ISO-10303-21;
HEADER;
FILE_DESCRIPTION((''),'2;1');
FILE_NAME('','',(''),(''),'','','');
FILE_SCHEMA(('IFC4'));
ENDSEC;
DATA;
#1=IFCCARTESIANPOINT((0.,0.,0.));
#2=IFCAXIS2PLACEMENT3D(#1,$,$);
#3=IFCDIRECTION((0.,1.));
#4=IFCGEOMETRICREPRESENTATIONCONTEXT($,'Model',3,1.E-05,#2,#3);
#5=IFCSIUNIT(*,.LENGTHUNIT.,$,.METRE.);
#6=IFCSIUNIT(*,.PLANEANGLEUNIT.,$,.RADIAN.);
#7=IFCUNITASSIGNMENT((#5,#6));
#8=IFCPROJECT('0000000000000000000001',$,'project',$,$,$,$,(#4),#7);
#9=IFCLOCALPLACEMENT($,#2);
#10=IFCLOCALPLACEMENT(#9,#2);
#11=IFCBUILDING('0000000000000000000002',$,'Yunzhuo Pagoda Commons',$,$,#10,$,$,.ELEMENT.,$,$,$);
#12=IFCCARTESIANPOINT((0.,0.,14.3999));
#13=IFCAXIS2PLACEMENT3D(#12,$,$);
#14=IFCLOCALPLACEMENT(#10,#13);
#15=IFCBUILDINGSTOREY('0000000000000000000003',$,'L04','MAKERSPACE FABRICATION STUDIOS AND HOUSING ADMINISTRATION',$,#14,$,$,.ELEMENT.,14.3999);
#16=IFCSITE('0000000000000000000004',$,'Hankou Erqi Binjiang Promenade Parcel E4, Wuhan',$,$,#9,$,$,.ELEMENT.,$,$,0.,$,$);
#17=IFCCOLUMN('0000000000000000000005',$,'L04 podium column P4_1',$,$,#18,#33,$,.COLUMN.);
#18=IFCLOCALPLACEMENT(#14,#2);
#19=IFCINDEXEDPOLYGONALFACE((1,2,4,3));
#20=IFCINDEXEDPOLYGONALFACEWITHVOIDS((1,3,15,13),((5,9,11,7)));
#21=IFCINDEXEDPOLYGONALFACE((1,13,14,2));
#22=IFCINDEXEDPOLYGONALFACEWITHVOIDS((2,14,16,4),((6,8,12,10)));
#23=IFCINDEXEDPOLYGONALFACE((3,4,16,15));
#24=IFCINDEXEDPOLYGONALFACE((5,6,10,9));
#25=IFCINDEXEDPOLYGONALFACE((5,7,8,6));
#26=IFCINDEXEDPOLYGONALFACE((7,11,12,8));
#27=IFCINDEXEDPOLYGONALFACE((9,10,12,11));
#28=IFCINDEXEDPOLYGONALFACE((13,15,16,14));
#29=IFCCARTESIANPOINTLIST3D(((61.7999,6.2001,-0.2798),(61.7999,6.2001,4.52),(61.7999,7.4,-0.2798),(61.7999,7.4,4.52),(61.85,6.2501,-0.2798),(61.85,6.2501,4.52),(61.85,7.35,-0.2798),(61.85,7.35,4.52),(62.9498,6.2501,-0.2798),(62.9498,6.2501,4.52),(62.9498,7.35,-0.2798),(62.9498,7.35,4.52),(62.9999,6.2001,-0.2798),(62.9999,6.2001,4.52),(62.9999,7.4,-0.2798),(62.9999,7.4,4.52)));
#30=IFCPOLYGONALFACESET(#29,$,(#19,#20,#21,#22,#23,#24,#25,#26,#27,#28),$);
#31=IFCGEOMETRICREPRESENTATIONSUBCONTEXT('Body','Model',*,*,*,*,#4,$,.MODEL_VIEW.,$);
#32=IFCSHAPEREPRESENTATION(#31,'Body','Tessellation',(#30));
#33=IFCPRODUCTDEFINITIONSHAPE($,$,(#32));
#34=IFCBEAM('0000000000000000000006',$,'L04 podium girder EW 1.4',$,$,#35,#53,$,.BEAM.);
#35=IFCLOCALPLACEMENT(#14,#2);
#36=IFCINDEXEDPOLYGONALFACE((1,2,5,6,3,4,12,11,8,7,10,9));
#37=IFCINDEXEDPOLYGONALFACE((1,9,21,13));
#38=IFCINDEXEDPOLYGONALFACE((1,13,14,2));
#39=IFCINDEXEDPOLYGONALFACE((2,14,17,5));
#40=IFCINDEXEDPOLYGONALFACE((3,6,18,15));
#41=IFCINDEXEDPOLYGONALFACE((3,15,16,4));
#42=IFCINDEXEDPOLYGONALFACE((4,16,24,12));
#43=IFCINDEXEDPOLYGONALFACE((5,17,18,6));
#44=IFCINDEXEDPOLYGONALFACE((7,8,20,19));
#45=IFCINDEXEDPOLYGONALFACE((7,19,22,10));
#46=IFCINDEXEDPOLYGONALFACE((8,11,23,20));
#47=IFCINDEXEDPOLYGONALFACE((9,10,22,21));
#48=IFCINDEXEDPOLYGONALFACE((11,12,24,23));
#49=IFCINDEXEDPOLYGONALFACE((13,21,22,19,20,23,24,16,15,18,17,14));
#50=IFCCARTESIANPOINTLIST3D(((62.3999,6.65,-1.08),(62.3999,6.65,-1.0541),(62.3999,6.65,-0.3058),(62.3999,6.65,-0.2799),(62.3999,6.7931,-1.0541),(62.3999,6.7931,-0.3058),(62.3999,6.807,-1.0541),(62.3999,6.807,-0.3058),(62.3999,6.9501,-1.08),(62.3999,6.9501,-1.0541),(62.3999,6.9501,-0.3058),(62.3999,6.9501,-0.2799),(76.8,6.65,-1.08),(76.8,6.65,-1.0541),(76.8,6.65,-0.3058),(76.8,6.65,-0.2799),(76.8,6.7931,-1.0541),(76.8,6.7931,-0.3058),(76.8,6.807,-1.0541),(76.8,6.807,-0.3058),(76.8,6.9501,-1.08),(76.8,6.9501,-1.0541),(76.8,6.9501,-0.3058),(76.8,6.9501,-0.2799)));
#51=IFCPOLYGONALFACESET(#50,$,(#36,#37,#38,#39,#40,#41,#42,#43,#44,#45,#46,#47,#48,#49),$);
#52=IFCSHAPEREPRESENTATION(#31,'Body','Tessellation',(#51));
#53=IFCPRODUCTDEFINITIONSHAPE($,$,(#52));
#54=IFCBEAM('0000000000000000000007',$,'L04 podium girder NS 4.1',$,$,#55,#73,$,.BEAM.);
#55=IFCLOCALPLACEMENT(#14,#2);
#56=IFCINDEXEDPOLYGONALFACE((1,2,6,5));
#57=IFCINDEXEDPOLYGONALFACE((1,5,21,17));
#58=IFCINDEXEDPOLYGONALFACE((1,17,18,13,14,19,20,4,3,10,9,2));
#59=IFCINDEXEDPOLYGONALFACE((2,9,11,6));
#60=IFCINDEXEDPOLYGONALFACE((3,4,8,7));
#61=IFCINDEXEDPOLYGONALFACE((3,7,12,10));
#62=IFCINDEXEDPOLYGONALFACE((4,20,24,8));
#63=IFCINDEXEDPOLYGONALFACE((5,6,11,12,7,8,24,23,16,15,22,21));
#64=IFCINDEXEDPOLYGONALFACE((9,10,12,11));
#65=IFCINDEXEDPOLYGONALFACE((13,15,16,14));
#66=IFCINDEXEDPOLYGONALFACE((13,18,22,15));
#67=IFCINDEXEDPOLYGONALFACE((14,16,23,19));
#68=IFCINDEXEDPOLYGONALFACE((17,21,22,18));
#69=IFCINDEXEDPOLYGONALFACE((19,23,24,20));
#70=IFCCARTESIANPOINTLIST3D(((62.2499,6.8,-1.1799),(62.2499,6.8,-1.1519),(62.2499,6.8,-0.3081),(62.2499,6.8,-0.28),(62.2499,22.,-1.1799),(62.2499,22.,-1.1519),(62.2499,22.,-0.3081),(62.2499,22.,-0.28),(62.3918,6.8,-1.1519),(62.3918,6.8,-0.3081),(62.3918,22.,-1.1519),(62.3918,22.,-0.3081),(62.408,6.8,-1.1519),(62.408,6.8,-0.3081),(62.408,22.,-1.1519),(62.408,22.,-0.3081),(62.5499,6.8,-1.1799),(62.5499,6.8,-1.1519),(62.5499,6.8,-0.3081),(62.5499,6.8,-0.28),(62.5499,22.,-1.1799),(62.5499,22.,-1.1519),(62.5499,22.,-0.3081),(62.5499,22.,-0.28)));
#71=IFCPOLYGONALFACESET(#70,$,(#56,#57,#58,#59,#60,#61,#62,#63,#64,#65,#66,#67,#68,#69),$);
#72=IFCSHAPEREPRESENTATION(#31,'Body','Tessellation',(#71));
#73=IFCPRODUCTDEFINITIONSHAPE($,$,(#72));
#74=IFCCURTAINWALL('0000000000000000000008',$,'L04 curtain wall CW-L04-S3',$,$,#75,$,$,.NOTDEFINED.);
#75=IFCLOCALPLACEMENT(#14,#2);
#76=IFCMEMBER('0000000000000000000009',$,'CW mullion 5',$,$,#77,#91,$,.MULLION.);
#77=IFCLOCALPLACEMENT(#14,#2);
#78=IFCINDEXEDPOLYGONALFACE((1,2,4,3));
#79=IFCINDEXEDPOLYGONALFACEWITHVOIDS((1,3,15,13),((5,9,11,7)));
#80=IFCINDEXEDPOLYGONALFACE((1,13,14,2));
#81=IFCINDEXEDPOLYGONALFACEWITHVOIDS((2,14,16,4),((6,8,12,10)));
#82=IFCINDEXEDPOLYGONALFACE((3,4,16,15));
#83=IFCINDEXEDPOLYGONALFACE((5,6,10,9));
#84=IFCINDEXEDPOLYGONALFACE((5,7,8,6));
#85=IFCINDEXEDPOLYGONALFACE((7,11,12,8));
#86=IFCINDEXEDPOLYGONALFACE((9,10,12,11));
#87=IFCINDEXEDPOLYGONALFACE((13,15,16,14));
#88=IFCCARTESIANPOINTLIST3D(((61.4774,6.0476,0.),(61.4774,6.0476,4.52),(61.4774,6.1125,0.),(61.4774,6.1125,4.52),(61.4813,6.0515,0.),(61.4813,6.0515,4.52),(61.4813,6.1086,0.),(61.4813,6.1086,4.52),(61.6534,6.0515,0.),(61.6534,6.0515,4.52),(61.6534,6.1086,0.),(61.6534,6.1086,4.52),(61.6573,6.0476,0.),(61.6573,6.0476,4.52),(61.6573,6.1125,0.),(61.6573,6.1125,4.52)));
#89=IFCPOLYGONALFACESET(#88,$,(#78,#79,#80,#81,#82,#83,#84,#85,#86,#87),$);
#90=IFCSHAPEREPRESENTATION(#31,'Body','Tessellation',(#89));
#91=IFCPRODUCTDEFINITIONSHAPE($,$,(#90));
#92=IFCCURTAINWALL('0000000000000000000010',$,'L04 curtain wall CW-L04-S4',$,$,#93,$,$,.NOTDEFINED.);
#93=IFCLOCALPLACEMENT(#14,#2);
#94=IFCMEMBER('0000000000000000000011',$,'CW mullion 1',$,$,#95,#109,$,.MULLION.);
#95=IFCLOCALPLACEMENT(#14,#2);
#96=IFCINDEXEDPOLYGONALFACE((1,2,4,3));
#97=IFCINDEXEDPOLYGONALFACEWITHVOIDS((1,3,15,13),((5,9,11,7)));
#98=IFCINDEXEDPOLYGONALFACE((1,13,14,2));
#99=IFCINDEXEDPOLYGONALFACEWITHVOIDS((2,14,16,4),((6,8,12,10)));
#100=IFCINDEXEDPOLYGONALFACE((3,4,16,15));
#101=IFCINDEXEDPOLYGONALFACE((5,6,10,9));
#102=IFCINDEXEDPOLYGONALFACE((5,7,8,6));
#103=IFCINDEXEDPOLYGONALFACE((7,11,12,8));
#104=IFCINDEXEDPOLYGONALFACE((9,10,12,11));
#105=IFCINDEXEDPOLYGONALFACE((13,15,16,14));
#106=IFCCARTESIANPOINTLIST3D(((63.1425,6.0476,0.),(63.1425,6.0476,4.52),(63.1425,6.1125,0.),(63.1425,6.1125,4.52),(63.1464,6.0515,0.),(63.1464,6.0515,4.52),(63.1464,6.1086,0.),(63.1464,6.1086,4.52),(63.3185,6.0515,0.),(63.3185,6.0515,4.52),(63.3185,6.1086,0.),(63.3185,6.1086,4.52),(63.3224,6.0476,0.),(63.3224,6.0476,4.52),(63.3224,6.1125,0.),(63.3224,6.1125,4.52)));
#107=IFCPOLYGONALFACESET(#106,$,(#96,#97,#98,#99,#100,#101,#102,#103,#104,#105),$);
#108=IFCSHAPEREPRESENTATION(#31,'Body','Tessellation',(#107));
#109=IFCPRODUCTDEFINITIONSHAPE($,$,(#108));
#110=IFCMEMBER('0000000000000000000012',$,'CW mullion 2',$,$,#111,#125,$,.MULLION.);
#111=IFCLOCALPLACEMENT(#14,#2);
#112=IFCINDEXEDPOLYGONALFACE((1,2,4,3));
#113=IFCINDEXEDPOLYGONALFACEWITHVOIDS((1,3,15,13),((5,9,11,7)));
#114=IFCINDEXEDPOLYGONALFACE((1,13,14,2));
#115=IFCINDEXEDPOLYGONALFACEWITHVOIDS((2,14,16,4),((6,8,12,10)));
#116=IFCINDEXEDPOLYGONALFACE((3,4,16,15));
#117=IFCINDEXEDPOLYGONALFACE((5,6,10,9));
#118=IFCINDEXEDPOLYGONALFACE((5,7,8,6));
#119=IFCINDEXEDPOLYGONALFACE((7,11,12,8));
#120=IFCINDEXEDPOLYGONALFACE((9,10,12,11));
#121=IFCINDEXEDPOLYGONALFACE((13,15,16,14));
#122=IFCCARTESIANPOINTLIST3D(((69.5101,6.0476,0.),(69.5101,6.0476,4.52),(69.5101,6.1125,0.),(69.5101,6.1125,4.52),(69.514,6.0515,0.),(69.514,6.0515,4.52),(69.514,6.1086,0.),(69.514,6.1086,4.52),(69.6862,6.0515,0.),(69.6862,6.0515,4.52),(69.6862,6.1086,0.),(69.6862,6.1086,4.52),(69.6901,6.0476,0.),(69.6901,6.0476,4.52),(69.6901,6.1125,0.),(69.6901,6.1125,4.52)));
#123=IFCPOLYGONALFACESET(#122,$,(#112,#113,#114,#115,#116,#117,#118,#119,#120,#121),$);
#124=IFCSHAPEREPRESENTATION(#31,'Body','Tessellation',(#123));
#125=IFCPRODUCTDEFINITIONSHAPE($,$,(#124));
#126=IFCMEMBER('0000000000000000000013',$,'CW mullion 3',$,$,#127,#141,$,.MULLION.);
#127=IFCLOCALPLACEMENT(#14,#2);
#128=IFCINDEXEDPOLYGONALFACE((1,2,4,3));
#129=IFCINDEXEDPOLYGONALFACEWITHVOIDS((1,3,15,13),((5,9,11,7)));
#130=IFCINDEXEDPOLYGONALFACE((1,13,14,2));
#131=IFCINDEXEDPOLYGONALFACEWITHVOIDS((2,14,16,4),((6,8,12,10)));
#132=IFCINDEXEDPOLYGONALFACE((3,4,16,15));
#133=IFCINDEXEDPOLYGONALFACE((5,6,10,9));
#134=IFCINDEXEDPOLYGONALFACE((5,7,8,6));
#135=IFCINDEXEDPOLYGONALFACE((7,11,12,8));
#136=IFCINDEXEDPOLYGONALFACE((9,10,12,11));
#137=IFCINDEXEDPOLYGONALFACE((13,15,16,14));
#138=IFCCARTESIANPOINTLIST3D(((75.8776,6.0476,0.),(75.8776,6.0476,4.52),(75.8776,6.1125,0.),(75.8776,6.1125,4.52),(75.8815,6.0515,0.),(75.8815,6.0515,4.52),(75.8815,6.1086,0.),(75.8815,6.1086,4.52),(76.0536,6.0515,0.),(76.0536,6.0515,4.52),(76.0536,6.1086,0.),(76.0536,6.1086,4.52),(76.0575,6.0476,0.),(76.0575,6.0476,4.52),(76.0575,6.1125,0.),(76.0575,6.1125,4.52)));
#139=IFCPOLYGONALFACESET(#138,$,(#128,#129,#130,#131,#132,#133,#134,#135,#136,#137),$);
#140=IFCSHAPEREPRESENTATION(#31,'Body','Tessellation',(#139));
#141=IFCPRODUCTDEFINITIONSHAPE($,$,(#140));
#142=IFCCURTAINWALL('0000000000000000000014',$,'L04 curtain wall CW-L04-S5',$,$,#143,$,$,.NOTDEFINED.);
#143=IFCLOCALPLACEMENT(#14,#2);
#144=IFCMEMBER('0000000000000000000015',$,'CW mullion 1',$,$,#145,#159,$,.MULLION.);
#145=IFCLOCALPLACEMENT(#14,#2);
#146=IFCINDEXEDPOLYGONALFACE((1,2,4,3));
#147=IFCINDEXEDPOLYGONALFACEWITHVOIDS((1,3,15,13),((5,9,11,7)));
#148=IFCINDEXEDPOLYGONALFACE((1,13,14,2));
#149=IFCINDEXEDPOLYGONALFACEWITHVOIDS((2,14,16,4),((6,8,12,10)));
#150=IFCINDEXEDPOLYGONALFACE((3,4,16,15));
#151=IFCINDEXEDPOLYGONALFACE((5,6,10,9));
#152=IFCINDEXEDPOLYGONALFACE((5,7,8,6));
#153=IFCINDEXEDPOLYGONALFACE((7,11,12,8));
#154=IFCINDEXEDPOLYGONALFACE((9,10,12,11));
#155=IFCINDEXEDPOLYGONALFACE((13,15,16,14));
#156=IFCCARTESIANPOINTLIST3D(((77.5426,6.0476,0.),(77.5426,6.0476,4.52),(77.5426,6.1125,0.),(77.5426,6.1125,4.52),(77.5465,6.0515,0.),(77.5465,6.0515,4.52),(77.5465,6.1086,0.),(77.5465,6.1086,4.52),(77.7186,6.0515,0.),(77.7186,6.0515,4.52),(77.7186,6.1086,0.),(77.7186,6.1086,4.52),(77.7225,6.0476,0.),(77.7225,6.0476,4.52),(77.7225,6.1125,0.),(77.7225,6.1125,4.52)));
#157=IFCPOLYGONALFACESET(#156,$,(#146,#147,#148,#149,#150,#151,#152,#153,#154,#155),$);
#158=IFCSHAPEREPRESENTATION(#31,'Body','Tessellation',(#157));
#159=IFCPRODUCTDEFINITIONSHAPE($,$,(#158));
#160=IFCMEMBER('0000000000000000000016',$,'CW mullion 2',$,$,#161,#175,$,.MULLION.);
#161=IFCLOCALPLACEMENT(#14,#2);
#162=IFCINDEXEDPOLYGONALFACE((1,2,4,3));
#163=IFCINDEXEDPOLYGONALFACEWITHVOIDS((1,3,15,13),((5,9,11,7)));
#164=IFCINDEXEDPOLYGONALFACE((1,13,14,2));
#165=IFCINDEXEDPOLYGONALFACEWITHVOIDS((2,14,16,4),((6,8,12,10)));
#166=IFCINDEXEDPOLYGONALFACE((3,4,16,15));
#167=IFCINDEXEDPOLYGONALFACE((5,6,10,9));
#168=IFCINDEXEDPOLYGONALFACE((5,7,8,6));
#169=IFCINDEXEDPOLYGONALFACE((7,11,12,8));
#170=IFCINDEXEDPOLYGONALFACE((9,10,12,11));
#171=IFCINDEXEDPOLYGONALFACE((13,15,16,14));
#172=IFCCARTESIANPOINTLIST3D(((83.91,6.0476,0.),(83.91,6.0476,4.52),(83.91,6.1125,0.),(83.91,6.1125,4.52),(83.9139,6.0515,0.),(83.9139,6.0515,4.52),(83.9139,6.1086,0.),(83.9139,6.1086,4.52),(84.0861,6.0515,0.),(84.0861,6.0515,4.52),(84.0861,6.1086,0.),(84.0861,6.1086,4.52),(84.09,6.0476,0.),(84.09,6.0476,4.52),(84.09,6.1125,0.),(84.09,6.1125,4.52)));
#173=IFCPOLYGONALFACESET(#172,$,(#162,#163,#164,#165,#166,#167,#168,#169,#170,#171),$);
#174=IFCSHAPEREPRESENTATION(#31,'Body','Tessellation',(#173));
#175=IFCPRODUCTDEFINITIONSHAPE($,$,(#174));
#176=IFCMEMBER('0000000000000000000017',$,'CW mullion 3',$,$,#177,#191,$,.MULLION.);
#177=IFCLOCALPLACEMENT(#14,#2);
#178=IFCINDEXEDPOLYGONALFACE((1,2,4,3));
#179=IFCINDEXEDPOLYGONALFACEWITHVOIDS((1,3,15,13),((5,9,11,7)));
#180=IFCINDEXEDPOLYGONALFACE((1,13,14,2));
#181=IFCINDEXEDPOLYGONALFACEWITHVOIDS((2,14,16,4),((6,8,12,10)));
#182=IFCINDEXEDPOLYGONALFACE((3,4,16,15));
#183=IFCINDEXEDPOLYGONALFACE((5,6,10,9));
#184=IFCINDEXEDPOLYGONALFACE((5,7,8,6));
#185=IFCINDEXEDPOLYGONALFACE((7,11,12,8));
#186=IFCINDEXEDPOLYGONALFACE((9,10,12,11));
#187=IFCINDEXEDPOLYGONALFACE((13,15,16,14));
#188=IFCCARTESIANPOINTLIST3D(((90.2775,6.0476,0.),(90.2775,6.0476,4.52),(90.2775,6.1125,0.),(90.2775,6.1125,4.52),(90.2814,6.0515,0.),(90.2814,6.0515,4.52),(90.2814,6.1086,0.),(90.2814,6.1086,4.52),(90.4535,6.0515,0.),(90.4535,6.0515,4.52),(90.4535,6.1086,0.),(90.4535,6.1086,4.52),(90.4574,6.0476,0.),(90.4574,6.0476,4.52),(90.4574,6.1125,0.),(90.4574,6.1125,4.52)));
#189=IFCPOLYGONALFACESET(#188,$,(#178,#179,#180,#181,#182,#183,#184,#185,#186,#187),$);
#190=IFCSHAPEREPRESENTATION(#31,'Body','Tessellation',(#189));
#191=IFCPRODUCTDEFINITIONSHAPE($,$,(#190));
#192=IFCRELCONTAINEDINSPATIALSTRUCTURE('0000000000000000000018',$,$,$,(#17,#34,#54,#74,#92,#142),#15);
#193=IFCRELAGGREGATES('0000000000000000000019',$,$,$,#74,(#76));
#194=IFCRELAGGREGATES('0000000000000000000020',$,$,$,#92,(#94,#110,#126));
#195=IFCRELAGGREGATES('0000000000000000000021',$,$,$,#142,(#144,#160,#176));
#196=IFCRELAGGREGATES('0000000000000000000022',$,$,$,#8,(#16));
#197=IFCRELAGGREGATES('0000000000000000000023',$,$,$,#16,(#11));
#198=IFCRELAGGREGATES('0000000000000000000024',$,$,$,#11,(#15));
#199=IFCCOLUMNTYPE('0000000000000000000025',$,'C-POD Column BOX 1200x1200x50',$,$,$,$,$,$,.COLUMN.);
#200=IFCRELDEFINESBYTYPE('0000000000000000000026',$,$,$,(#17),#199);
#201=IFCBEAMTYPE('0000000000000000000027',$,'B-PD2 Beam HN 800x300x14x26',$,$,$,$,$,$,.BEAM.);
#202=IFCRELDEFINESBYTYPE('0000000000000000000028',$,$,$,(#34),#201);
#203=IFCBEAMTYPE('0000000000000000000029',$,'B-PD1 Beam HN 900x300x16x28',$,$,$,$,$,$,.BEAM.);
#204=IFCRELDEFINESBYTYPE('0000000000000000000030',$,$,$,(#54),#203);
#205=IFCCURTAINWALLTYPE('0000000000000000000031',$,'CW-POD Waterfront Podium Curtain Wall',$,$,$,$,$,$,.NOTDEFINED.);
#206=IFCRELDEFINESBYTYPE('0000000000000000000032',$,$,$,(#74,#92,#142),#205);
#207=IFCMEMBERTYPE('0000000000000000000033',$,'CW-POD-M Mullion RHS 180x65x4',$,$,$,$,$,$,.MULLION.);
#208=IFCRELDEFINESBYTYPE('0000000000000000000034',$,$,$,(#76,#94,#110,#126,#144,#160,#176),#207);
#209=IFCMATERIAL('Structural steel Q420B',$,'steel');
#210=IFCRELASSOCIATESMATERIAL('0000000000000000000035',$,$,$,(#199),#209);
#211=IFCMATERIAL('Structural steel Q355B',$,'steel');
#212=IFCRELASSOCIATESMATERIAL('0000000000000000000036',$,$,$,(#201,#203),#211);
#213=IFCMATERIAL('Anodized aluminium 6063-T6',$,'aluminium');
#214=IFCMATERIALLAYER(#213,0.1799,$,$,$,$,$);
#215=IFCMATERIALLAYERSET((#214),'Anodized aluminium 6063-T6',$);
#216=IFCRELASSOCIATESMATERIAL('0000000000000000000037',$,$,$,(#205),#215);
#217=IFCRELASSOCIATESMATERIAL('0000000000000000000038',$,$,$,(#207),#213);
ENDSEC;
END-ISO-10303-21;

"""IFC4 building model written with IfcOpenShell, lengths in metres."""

from ifc_helpers import new_model, si_unit, direction, frame, origin, origin_2d, place, context, subcontext, project, spatial, hollow_rectangle, i_section, extrude, source, transform, mapped, material, layer, layer_set, material_profile, profile_set, type_object, element, aggregate, save


model = new_model("IFC4")

# Units and contexts
model_context = context("Model", 3, precision=1e-05, world=origin(), true_north=direction((0.0, 1.0)))
body_context = subcontext(model_context, "Body", "Model", "MODEL_VIEW")
ifc_project = project(units=[si_unit("LENGTHUNIT", "METRE"), si_unit("PLANEANGLEUNIT", "RADIAN")], contexts=[model_context])

# Site, building, storey
site_placement = place(None, origin())
site = spatial("IfcSite", under=ifc_project, at=site_placement, Name="Hankou Erqi Binjiang Promenade Parcel E4, Wuhan", CompositionType="ELEMENT", RefElevation=0.0)
building_placement = place(site_placement, origin())
building = spatial("IfcBuilding", under=site, at=building_placement, Name="Yunzhuo Pagoda Commons", CompositionType="ELEMENT")
storey_placement = place(building_placement, frame((0.0, 0.0, 14.3999)))
storey = spatial("IfcBuildingStorey", under=building, at=storey_placement, Name="L04", Description="MAKERSPACE FABRICATION STUDIOS AND HOUSING ADMINISTRATION", CompositionType="ELEMENT", Elevation=14.3999)

# Column
ifc_material_1 = material(Name="Structural steel Q420B", Category="steel")
ifc_material_profile_1 = material_profile(ifc_material_1, hollow_rectangle(XDim=1.2, YDim=1.2, WallThickness=0.05, at=origin_2d()), Name="Structural steel Q420B")
ifc_profile_set_1 = profile_set([ifc_material_profile_1], Name="Structural steel Q420B")
column_type = type_object("IfcColumnType", Name="C-POD Column BOX 1200x1200x50", PredefinedType="COLUMN", material=ifc_profile_set_1)
shared_shape_1 = source(origin(), body_context, "Body", "SweptSolid", [
    extrude(hollow_rectangle(XDim=1.2, YDim=1.2, WallThickness=0.05, at=origin_2d()), origin(), (0.0, 0.0, 1.0), 4.7998),
])
column_placement = place(storey_placement, frame((62.3999, 6.8, -0.2798), z_axis=(0.0, 0.0, 1.0), x_axis=(1.0, 0.0, 0.0)))
element("IfcColumn", 1, at=column_placement, inside=storey, type_object=column_type, Name="L04 podium column P4_1", PredefinedType="COLUMN", context=body_context, shape_type="MappedRepresentation", body=[
    mapped(shared_shape_1, transform((0.0, 0.0, 0.0), scale=1.0)),
])

# Beams
ifc_material_2 = material(Name="Structural steel Q355B", Category="steel")
ifc_material_profile_2 = material_profile(ifc_material_2, i_section(OverallWidth=0.3, OverallDepth=0.8, WebThickness=0.0139, FlangeThickness=0.0259, at=origin_2d()), Name="Structural steel Q355B")
ifc_profile_set_2 = profile_set([ifc_material_profile_2], Name="Structural steel Q355B")
beam_type_1 = type_object("IfcBeamType", Name="B-PD2 Beam HN 800x300x14x26", PredefinedType="BEAM", material=ifc_profile_set_2)
shared_shape_2 = source(origin(), body_context, "Body", "SweptSolid", [
    extrude(i_section(OverallWidth=0.3, OverallDepth=0.8, WebThickness=0.0139, FlangeThickness=0.0259, at=origin_2d()), origin(), (0.0, 0.0, 1.0), 14.4001),
])
beam_1_placement = place(storey_placement, frame((62.3999, 6.8, -0.6799), z_axis=(1.0, 0.0, 0.0), x_axis=(0.0, 1.0, 0.0)))
element("IfcBeam", 2, at=beam_1_placement, inside=storey, type_object=beam_type_1, Name="L04 podium girder EW 1.4", PredefinedType="BEAM", context=body_context, shape_type="MappedRepresentation", body=[
    mapped(shared_shape_2, transform((0.0, 0.0, 0.0), scale=1.0)),
])
ifc_material_profile_3 = material_profile(ifc_material_2, i_section(OverallWidth=0.3, OverallDepth=0.8999, WebThickness=0.0161, FlangeThickness=0.0281, at=origin_2d()), Name="Structural steel Q355B")
ifc_profile_set_3 = profile_set([ifc_material_profile_3], Name="Structural steel Q355B")
beam_type_2 = type_object("IfcBeamType", Name="B-PD1 Beam HN 900x300x16x28", PredefinedType="BEAM", material=ifc_profile_set_3)
shared_shape_3 = source(origin(), body_context, "Body", "SweptSolid", [
    extrude(i_section(OverallWidth=0.3, OverallDepth=0.8999, WebThickness=0.0161, FlangeThickness=0.0281, at=origin_2d()), origin(), (0.0, 0.0, 1.0), 15.2),
])
beam_2_placement = place(storey_placement, frame((62.3999, 6.8, -0.73), z_axis=(0.0, 1.0, 0.0), x_axis=(-1.0, 0.0, 0.0)))
element("IfcBeam", 3, at=beam_2_placement, inside=storey, type_object=beam_type_2, Name="L04 podium girder NS 4.1", PredefinedType="BEAM", context=body_context, shape_type="MappedRepresentation", body=[
    mapped(shared_shape_3, transform((0.0, 0.0, 0.0), scale=1.0)),
])

# Curtain wall, member
ifc_material_3 = material(Name="Anodized aluminium 6063-T6", Category="aluminium")
ifc_layer_1 = layer(ifc_material_3, 0.1799)
ifc_layer_set_1 = layer_set([ifc_layer_1], Name="Anodized aluminium 6063-T6")
curtain_wall_type = type_object("IfcCurtainWallType", Name="CW-POD Waterfront Podium Curtain Wall", PredefinedType="NOTDEFINED", material=ifc_layer_set_1)
curtain_wall_1_placement = place(storey_placement, origin())
curtain_wall_1 = element("IfcCurtainWall", 4, at=curtain_wall_1_placement, inside=storey, type_object=curtain_wall_type, Name="L04 curtain wall CW-L04-S3", PredefinedType="NOTDEFINED")
ifc_material_profile_4 = material_profile(ifc_material_3, hollow_rectangle(XDim=0.0649, YDim=0.1799, WallThickness=0.0039, at=origin_2d()), Name="Anodized aluminium 6063-T6")
ifc_profile_set_4 = profile_set([ifc_material_profile_4], Name="Anodized aluminium 6063-T6")
member_type_1 = type_object("IfcMemberType", Name="CW-POD-M Mullion RHS 180x65x4", PredefinedType="MULLION", material=ifc_profile_set_4)
shared_shape_4 = source(origin(), body_context, "Body", "SweptSolid", [
    extrude(hollow_rectangle(XDim=0.0649, YDim=0.1799, WallThickness=0.0039, at=origin_2d()), origin(), (0.0, 0.0, 1.0), 4.52),
])
member_1_placement = place(storey_placement, frame((61.5674, 6.0801, 0.0), z_axis=(0.0, 0.0, 1.0), x_axis=(0.0, 1.0, 0.0)))
member_1 = element("IfcMember", 5, at=member_1_placement, type_object=member_type_1, Name="CW mullion 5", PredefinedType="MULLION", context=body_context, shape_type="MappedRepresentation", body=[
    mapped(shared_shape_4, transform((0.0, 0.0, 0.0), scale=1.0)),
])
aggregate(curtain_wall_1, [member_1])

# Curtain walls, members
curtain_wall_2_placement = place(storey_placement, origin())
curtain_wall_2 = element("IfcCurtainWall", 6, at=curtain_wall_2_placement, inside=storey, type_object=curtain_wall_type, Name="L04 curtain wall CW-L04-S4", PredefinedType="NOTDEFINED")
member_2_placement = place(storey_placement, frame((63.2324, 6.0801, 0.0), z_axis=(0.0, 0.0, 1.0), x_axis=(0.0, 1.0, 0.0)))
member_2 = element("IfcMember", 7, at=member_2_placement, type_object=member_type_1, Name="CW mullion 1", PredefinedType="MULLION", context=body_context, shape_type="MappedRepresentation", body=[
    mapped(shared_shape_4, transform((0.0, 0.0, 0.0), scale=1.0)),
])
member_3_placement = place(storey_placement, frame((69.6001, 6.0801, 0.0), z_axis=(0.0, 0.0, 1.0), x_axis=(0.0, 1.0, 0.0)))
member_3 = element("IfcMember", 8, at=member_3_placement, type_object=member_type_1, Name="CW mullion 2", PredefinedType="MULLION", context=body_context, shape_type="MappedRepresentation", body=[
    mapped(shared_shape_4, transform((0.0, 0.0, 0.0), scale=1.0)),
])
member_4_placement = place(storey_placement, frame((75.9675, 6.0801, 0.0), z_axis=(0.0, 0.0, 1.0), x_axis=(0.0, 1.0, 0.0)))
member_4 = element("IfcMember", 9, at=member_4_placement, type_object=member_type_1, Name="CW mullion 3", PredefinedType="MULLION", context=body_context, shape_type="MappedRepresentation", body=[
    mapped(shared_shape_4, transform((0.0, 0.0, 0.0), scale=1.0)),
])
curtain_wall_3_placement = place(storey_placement, origin())
curtain_wall_3 = element("IfcCurtainWall", 10, at=curtain_wall_3_placement, inside=storey, type_object=curtain_wall_type, Name="L04 curtain wall CW-L04-S5", PredefinedType="NOTDEFINED")
member_5_placement = place(storey_placement, frame((77.6326, 6.0801, 0.0), z_axis=(0.0, 0.0, 1.0), x_axis=(0.0, 1.0, 0.0)))
member_5 = element("IfcMember", 11, at=member_5_placement, type_object=member_type_1, Name="CW mullion 1", PredefinedType="MULLION", context=body_context, shape_type="MappedRepresentation", body=[
    mapped(shared_shape_4, transform((0.0, 0.0, 0.0), scale=1.0)),
])
member_6_placement = place(storey_placement, frame((84.0, 6.0801, 0.0), z_axis=(0.0, 0.0, 1.0), x_axis=(0.0, 1.0, 0.0)))
member_6 = element("IfcMember", 12, at=member_6_placement, type_object=member_type_1, Name="CW mullion 2", PredefinedType="MULLION", context=body_context, shape_type="MappedRepresentation", body=[
    mapped(shared_shape_4, transform((0.0, 0.0, 0.0), scale=1.0)),
])
member_7_placement = place(storey_placement, frame((90.3674, 6.0801, 0.0), z_axis=(0.0, 0.0, 1.0), x_axis=(0.0, 1.0, 0.0)))
member_7 = element("IfcMember", 13, at=member_7_placement, type_object=member_type_1, Name="CW mullion 3", PredefinedType="MULLION", context=body_context, shape_type="MappedRepresentation", body=[
    mapped(shared_shape_4, transform((0.0, 0.0, 0.0), scale=1.0)),
])

aggregate(curtain_wall_2, [member_2, member_3, member_4])
aggregate(curtain_wall_3, [member_5, member_6, member_7])

save(model, "model.ifc")
